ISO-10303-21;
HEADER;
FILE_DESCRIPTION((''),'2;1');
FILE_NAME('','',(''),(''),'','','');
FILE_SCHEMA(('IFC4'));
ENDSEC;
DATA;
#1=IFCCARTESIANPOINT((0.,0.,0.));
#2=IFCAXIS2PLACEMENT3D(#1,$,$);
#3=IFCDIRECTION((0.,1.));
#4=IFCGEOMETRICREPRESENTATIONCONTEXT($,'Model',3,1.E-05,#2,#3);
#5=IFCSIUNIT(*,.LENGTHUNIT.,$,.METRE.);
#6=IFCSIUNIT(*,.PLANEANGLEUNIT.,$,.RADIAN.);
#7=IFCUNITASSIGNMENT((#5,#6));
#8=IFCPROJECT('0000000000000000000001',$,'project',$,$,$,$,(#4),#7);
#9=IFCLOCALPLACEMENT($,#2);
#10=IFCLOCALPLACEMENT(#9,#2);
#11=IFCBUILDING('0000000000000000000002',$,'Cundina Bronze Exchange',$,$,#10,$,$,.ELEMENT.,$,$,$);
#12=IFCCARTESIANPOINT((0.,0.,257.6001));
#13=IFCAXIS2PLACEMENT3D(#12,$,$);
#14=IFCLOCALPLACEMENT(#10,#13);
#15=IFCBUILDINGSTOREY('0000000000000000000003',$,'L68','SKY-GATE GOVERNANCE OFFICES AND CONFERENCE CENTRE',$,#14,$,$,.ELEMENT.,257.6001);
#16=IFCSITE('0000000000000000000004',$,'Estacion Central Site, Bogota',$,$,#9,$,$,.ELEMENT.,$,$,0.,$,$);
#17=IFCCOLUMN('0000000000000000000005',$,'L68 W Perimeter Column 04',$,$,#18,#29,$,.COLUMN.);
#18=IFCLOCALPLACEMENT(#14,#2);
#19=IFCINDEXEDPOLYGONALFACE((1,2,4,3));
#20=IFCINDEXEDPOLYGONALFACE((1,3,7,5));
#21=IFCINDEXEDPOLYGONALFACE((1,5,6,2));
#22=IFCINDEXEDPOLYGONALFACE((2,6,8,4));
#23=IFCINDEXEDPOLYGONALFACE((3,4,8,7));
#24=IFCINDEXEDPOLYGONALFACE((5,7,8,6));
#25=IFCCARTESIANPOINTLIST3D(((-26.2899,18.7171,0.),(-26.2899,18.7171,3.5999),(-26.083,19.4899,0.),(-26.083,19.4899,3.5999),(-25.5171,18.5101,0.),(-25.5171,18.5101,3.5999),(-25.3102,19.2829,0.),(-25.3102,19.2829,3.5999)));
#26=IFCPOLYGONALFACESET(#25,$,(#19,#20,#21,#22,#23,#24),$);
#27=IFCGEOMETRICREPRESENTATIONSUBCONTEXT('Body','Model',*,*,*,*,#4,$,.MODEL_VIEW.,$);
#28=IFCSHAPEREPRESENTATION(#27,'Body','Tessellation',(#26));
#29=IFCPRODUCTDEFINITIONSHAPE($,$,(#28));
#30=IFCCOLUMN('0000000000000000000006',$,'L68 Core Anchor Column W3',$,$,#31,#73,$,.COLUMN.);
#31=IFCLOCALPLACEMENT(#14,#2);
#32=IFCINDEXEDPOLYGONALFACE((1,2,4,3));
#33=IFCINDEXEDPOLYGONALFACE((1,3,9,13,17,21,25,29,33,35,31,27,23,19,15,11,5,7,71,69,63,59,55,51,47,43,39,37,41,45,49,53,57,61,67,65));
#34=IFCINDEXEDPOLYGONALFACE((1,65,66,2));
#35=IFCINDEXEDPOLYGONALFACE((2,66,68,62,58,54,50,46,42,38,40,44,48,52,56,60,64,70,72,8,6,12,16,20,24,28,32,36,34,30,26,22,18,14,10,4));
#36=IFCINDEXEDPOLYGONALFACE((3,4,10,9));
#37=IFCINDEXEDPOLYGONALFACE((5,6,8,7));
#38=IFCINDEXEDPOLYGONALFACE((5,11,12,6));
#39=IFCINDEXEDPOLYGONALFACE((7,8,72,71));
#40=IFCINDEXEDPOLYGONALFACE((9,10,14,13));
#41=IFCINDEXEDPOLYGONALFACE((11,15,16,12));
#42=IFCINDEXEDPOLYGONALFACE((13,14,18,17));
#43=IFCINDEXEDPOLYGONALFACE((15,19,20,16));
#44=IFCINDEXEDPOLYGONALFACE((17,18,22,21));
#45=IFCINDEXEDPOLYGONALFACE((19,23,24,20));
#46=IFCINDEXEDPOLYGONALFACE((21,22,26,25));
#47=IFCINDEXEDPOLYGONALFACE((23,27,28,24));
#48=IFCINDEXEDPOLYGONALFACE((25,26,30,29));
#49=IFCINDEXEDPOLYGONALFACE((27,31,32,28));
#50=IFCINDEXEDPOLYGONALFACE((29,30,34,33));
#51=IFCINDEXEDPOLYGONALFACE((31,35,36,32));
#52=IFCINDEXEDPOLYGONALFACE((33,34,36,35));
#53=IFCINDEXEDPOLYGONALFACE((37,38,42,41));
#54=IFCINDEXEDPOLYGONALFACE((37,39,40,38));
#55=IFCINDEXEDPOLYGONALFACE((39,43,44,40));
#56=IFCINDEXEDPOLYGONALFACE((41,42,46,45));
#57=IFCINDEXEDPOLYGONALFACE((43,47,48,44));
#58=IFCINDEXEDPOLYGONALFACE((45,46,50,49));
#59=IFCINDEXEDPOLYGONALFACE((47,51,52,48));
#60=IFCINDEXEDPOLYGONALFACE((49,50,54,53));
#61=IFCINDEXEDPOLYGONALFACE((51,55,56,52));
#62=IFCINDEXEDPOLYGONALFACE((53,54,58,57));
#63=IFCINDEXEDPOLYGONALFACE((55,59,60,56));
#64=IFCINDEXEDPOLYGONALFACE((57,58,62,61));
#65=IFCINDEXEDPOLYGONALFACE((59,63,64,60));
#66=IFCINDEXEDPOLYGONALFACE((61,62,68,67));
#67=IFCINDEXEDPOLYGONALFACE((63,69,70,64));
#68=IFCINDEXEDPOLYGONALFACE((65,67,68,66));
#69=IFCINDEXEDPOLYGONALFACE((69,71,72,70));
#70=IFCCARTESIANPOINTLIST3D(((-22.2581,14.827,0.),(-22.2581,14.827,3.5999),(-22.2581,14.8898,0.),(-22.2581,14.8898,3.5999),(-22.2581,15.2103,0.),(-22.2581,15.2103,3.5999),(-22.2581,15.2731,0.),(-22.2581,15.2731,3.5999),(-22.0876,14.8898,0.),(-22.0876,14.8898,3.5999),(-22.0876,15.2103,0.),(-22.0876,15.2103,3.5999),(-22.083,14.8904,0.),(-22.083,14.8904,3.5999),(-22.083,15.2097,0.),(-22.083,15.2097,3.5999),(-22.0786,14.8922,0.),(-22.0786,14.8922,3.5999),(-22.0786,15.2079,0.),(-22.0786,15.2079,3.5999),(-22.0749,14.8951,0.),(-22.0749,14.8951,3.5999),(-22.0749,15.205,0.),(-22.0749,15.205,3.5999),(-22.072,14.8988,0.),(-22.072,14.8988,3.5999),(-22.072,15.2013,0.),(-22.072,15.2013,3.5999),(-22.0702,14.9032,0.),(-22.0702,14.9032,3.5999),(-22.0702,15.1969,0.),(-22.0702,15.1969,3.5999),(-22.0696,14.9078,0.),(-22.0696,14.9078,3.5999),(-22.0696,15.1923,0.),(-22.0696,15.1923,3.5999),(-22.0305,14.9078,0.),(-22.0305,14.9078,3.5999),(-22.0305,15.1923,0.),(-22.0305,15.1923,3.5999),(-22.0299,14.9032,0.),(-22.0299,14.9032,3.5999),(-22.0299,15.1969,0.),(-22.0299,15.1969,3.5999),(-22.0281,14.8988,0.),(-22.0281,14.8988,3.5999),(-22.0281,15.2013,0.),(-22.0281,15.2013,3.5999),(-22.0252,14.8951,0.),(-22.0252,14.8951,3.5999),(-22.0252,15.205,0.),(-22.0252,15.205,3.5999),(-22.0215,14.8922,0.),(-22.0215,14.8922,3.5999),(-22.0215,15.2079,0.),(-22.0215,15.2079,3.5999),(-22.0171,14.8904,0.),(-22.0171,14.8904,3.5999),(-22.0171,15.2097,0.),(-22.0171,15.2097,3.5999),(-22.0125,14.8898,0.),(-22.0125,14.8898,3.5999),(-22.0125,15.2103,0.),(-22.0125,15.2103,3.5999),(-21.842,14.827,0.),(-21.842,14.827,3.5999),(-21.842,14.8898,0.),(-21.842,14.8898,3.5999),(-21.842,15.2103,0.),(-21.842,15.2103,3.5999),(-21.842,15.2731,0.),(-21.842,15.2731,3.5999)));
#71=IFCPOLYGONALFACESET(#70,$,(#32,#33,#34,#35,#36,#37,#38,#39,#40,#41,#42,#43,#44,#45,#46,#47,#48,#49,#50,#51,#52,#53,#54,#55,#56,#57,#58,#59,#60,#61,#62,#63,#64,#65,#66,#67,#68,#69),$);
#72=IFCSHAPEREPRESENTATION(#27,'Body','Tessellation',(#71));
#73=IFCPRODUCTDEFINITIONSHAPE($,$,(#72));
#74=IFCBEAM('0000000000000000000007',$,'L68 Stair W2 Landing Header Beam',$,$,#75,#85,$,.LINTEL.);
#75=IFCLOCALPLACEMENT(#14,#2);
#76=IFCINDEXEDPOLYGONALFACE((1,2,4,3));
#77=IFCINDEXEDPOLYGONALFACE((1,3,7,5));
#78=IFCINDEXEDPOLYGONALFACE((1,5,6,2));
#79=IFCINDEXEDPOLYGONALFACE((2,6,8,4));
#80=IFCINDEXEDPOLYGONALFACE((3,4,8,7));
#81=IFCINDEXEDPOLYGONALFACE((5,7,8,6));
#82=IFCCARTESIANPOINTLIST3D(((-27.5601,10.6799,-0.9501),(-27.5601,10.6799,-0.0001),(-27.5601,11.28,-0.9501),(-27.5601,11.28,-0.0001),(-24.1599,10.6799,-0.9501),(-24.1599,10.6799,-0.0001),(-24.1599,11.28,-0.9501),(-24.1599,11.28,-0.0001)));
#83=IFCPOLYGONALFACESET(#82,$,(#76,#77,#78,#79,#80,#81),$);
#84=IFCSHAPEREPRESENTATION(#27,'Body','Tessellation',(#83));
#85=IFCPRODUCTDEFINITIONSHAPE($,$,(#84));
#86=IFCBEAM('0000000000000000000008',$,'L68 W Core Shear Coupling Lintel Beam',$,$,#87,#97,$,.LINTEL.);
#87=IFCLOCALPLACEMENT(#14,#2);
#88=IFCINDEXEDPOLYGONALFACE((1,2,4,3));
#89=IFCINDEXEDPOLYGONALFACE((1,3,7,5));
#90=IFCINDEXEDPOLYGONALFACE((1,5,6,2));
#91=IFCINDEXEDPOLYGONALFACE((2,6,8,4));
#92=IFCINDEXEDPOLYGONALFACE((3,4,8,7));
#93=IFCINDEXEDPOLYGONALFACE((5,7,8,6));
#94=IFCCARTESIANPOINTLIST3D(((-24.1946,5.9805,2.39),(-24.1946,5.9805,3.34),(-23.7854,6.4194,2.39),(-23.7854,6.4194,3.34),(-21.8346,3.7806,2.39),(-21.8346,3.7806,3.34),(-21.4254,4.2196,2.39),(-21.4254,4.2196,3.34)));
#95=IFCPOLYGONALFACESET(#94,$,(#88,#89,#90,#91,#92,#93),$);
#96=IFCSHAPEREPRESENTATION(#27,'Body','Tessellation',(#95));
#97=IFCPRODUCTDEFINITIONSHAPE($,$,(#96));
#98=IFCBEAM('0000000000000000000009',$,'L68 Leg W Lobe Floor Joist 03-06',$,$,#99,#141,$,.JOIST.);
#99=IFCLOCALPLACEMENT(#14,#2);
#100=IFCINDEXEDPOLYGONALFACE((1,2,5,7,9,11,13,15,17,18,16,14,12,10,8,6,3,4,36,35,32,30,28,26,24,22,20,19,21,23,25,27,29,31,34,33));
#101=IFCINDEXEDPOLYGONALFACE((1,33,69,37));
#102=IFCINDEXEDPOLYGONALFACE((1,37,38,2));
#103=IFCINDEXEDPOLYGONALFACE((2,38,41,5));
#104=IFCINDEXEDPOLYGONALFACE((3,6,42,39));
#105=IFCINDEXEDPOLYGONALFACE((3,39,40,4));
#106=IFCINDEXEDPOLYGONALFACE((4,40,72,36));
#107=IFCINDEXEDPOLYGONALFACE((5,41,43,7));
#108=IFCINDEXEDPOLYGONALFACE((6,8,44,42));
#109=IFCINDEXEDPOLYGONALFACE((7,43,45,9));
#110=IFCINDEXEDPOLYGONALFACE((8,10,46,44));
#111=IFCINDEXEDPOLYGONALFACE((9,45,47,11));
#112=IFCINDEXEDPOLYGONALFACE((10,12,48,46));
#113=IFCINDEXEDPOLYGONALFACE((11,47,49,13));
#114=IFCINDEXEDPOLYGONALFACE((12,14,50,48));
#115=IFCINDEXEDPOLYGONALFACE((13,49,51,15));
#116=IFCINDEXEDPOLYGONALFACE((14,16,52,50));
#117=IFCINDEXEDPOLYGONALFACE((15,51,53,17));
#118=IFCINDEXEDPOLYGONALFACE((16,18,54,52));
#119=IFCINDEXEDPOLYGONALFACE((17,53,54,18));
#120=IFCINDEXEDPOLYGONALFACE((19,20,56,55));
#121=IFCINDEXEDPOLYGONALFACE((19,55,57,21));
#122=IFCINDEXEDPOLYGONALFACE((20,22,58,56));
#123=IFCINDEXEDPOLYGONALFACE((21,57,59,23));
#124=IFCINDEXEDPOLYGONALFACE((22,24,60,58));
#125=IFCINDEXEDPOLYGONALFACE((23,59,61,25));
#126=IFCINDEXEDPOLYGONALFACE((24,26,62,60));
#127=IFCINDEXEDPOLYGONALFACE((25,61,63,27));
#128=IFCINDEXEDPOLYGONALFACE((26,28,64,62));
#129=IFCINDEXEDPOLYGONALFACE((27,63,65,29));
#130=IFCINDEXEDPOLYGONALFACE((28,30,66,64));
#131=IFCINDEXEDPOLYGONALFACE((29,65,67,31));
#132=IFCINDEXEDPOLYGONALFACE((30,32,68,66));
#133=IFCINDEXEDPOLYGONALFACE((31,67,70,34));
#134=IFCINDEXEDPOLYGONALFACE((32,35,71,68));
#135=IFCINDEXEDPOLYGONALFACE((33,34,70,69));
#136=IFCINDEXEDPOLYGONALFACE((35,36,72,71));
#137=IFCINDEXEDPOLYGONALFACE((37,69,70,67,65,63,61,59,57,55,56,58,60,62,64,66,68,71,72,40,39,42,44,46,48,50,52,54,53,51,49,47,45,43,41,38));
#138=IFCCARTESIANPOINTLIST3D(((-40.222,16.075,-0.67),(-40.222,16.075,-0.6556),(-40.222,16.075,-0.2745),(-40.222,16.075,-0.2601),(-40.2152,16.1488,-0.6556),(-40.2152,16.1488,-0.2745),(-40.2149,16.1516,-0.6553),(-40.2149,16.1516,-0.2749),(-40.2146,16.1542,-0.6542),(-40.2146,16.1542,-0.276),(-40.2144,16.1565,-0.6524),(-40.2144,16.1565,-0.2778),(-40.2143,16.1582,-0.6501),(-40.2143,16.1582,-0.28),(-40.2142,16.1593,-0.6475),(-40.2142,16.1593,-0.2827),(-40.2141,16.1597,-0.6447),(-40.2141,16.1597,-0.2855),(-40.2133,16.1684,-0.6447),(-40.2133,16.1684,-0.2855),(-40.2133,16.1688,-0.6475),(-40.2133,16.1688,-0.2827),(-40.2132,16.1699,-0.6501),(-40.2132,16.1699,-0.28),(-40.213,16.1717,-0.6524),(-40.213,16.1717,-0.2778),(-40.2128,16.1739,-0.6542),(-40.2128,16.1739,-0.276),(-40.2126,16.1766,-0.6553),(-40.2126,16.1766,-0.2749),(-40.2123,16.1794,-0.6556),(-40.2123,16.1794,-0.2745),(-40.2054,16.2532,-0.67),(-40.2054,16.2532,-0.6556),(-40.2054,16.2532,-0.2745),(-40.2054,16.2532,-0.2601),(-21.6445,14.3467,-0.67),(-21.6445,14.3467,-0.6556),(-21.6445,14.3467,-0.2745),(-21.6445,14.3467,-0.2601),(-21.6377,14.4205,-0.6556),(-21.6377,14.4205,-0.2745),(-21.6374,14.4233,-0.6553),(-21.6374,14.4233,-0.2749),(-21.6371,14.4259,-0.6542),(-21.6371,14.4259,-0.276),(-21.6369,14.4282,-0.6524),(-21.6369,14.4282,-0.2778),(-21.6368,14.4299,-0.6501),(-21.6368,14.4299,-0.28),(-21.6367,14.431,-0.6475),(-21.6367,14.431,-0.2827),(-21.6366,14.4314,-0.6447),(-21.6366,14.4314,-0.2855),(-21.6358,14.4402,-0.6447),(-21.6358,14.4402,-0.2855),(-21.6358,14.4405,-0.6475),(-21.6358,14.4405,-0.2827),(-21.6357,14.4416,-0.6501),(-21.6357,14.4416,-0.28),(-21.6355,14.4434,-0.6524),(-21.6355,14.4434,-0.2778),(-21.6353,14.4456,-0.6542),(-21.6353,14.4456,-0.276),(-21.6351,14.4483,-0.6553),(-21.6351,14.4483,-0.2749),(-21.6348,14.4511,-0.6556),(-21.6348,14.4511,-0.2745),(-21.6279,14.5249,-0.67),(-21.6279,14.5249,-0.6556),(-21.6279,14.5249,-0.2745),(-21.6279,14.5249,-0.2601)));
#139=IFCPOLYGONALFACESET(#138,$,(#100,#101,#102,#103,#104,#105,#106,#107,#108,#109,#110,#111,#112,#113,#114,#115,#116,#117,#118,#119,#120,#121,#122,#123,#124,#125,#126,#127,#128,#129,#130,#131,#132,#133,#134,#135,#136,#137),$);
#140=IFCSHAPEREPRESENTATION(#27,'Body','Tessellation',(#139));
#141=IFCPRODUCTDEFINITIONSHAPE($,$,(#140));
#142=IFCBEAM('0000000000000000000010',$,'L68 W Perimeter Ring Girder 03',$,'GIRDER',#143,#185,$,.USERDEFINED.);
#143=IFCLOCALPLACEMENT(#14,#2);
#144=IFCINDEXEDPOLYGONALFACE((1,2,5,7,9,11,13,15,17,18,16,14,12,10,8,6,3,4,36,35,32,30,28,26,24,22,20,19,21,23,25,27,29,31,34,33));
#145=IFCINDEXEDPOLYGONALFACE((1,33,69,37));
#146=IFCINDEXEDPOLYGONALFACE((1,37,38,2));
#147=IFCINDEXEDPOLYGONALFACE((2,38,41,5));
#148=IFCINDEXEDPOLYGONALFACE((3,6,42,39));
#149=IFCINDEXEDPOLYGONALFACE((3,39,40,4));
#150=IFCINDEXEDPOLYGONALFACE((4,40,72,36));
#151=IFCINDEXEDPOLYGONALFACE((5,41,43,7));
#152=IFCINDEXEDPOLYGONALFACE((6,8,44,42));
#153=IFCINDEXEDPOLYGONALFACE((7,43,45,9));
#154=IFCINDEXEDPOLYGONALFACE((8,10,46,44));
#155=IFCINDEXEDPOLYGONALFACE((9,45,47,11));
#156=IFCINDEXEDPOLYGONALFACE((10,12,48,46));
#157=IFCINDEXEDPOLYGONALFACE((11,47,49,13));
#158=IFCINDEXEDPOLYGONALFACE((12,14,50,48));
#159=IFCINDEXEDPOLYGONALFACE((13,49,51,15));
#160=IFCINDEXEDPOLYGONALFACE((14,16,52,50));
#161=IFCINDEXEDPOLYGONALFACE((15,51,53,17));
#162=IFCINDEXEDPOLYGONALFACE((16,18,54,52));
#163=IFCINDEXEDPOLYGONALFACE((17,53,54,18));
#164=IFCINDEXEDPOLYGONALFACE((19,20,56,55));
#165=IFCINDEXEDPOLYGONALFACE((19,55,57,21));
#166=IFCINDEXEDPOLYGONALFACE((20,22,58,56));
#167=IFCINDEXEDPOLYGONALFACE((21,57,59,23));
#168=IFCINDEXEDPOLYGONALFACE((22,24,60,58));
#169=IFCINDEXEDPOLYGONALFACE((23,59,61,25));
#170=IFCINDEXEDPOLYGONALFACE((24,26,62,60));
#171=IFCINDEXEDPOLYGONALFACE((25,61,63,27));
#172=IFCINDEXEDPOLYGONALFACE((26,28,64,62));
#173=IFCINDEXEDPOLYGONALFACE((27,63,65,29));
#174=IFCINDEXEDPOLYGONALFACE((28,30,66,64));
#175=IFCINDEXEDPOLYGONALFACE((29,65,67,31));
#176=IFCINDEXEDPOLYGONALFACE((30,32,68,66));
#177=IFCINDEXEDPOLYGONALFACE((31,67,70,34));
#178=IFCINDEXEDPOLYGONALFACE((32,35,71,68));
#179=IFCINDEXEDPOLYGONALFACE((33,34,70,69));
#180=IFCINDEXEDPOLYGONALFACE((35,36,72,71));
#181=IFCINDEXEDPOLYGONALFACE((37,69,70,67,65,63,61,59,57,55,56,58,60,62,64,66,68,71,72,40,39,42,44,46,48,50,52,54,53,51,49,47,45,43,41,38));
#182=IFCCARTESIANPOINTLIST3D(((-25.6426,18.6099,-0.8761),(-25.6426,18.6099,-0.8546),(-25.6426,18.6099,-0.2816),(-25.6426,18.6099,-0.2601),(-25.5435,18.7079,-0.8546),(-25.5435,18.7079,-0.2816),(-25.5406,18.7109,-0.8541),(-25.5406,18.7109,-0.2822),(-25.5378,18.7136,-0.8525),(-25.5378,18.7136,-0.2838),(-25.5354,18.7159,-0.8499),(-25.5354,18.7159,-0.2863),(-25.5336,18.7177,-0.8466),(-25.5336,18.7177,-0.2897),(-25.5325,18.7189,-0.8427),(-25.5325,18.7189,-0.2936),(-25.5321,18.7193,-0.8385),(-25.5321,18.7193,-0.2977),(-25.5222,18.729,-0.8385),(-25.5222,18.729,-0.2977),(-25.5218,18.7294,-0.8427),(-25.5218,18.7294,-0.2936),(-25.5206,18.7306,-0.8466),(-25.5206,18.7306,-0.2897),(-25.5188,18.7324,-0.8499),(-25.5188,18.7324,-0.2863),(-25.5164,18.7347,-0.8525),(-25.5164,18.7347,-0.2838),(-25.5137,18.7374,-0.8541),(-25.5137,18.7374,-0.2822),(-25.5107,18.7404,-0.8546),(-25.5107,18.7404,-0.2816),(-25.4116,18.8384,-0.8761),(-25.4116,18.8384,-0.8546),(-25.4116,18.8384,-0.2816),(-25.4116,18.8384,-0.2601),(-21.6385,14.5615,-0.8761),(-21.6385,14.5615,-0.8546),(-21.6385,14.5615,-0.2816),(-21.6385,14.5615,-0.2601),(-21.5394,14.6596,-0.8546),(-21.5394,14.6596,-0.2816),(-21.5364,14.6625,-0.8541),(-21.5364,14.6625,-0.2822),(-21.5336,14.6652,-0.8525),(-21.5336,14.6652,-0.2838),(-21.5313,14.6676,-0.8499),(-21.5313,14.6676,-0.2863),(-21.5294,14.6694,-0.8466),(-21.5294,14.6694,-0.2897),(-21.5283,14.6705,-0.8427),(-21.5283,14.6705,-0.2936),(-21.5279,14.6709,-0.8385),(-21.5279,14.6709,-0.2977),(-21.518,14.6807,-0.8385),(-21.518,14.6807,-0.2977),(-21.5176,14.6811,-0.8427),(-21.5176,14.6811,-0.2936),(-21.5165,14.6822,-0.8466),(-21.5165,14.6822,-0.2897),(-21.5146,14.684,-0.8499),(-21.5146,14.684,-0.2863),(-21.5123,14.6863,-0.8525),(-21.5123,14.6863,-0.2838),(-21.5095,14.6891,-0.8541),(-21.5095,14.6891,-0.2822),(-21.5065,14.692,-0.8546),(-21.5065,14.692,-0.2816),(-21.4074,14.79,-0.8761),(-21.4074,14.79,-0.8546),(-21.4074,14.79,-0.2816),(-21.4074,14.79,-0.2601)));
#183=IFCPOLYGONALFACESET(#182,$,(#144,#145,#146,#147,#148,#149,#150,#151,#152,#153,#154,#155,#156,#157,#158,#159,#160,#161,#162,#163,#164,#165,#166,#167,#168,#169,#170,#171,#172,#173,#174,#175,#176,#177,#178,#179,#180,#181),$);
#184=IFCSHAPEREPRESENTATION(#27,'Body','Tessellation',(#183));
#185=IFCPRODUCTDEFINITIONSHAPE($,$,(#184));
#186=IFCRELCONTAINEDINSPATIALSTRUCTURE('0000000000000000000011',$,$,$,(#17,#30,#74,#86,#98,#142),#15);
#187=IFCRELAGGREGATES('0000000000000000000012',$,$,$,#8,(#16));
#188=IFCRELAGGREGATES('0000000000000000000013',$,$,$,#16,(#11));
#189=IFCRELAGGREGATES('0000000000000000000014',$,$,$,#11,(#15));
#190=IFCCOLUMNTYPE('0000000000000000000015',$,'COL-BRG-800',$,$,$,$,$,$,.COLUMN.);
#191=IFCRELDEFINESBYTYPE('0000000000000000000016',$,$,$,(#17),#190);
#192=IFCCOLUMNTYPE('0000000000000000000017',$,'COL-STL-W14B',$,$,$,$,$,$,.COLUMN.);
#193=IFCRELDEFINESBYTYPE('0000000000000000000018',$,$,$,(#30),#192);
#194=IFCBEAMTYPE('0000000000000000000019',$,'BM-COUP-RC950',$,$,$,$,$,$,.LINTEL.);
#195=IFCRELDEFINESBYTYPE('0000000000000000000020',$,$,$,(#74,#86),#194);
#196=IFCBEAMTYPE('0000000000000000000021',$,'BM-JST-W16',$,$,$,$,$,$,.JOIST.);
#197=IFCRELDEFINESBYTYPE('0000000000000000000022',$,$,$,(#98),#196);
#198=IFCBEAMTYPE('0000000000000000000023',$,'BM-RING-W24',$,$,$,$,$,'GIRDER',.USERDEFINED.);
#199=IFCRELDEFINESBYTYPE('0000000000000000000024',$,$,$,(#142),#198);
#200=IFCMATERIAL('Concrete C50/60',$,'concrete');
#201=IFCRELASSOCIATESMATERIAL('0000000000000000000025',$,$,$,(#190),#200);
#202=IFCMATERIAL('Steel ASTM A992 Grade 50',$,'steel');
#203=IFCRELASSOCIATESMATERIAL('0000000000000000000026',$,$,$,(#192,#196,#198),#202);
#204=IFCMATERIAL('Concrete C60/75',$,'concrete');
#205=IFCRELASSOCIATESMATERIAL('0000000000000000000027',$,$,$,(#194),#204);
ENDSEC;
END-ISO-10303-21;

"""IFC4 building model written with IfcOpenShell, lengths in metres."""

from ifc_helpers import new_model, si_unit, direction, frame, origin, origin_2d, place, context, subcontext, project, spatial, rectangle, i_section, extrude, material, material_profile, profile_set, type_object, element, save


model = new_model("IFC4")

# Units and contexts
model_context = context("Model", 3, precision=1e-05, world=origin(), true_north=direction((0.0, 1.0)))
body_context = subcontext(model_context, "Body", "Model", "MODEL_VIEW")
ifc_project = project(units=[si_unit("LENGTHUNIT", "METRE"), si_unit("PLANEANGLEUNIT", "RADIAN")], contexts=[model_context])

# Site, building, storey
site_placement = place(None, origin())
site = spatial("IfcSite", under=ifc_project, at=site_placement, Name="Estacion Central Site, Bogota", CompositionType="ELEMENT", RefElevation=0.0)
building_placement = place(site_placement, origin())
building = spatial("IfcBuilding", under=site, at=building_placement, Name="Cundina Bronze Exchange", CompositionType="ELEMENT")
storey_placement = place(building_placement, frame((0.0, 0.0, 257.6001)))
storey = spatial("IfcBuildingStorey", under=building, at=storey_placement, Name="L68", Description="SKY-GATE GOVERNANCE OFFICES AND CONFERENCE CENTRE", CompositionType="ELEMENT", Elevation=257.6001)

# Columns
ifc_material_1 = material(Name="Concrete C50/60", Category="concrete")
ifc_material_profile_1 = material_profile(ifc_material_1, rectangle(XDim=0.8, YDim=0.8, at=origin_2d()), Name="RC800X800", Category="concrete")
ifc_profile_set_1 = profile_set([ifc_material_profile_1], Name="Concrete C50/60")
column_type_1 = type_object("IfcColumnType", Name="COL-BRG-800", PredefinedType="COLUMN", material=ifc_profile_set_1)
column_1_placement = place(storey_placement, frame((-25.8, 19.0, 0.0), z_axis=(0.0, 0.0, 1.0), x_axis=(-0.965971, 0.25865, 0.0)))
element("IfcColumn", 1, at=column_1_placement, inside=storey, type_object=column_type_1, Name="L68 W Perimeter Column 04", PredefinedType="COLUMN", context=body_context, shape_type="SweptSolid", body=[
    extrude(rectangle(XDim=0.8, YDim=0.8, at=origin_2d()), origin(), (0.0, 0.0, 1.0), 3.5999),
])
ifc_material_2 = material(Name="Steel ASTM A992 Grade 50", Category="steel")
ifc_material_profile_2 = material_profile(ifc_material_2, i_section(OverallWidth=0.416, OverallDepth=0.446, WebThickness=0.0391, FlangeThickness=0.0627, FilletRadius=0.0181, at=origin_2d()), Name="W14X342", Category="steel")
ifc_profile_set_2 = profile_set([ifc_material_profile_2], Name="Steel ASTM A992 Grade 50")
column_type_2 = type_object("IfcColumnType", Name="COL-STL-W14B", PredefinedType="COLUMN", material=ifc_profile_set_2)
column_2_placement = place(storey_placement, frame((-22.05, 15.05, 0.0), z_axis=(0.0, 0.0, 1.0), x_axis=(1.0, 0.0, 0.0)))
element("IfcColumn", 2, at=column_2_placement, inside=storey, type_object=column_type_2, Name="L68 Core Anchor Column W3", PredefinedType="COLUMN", context=body_context, shape_type="SweptSolid", body=[
    extrude(i_section(OverallWidth=0.416, OverallDepth=0.446, WebThickness=0.0391, FlangeThickness=0.0627, FilletRadius=0.0181, at=origin_2d()), origin(), (0.0, 0.0, 1.0), 3.5999),
])

# Beams
ifc_material_3 = material(Name="Concrete C60/75", Category="concrete")
ifc_material_profile_3 = material_profile(ifc_material_3, rectangle(XDim=0.6001, YDim=0.95, at=origin_2d()), Name="RC600X950", Category="concrete")
ifc_profile_set_3 = profile_set([ifc_material_profile_3], Name="Concrete C60/75")
beam_type_1 = type_object("IfcBeamType", Name="BM-COUP-RC950", PredefinedType="LINTEL", material=ifc_profile_set_3)
beam_1_placement = place(storey_placement, frame((-27.5601, 10.98, -0.4751), z_axis=(1.0, 0.0, 0.0), x_axis=(0.0, 1.0, 0.0)))
element("IfcBeam", 3, at=beam_1_placement, inside=storey, type_object=beam_type_1, Name="L68 Stair W2 Landing Header Beam", PredefinedType="LINTEL", context=body_context, shape_type="SweptSolid", body=[
    extrude(rectangle(XDim=0.6001, YDim=0.95, at=origin_2d()), origin(), (0.0, 0.0, 1.0), 3.4001),
])
beam_2_placement = place(storey_placement, frame((-23.99, 6.2, 2.865), z_axis=(0.73149, -0.681852, 0.0), x_axis=(0.681852, 0.73149, 0.0)))
element("IfcBeam", 4, at=beam_2_placement, inside=storey, type_object=beam_type_1, Name="L68 W Core Shear Coupling Lintel Beam", PredefinedType="LINTEL", context=body_context, shape_type="SweptSolid", body=[
    extrude(rectangle(XDim=0.6001, YDim=0.95, at=origin_2d()), origin(), (0.0, 0.0, 1.0), 3.2263),
])
ifc_material_profile_4 = material_profile(ifc_material_2, i_section(OverallWidth=0.179, OverallDepth=0.4099, WebThickness=0.0088, FlangeThickness=0.0144, FilletRadius=0.011, at=origin_2d()), Name="W16X45", Category="steel")
ifc_profile_set_4 = profile_set([ifc_material_profile_4], Name="Steel ASTM A992 Grade 50")
beam_type_2 = type_object("IfcBeamType", Name="BM-JST-W16", PredefinedType="JOIST", material=ifc_profile_set_4)
beam_3_placement = place(storey_placement, frame((-21.6362, 14.4358, -0.4651), z_axis=(-0.995701, 0.092631, 0.0), x_axis=(-0.092631, -0.995701, 0.0)))
element("IfcBeam", 5, at=beam_3_placement, inside=storey, type_object=beam_type_2, Name="L68 Leg W Lobe Floor Joist 03-06", PredefinedType="JOIST", context=body_context, shape_type="SweptSolid", body=[
    extrude(i_section(OverallWidth=0.179, OverallDepth=0.4099, WebThickness=0.0088, FlangeThickness=0.0144, FilletRadius=0.011, at=origin_2d()), origin(), (0.0, 0.0, 1.0), 18.6577),
])
ifc_material_profile_5 = material_profile(ifc_material_2, i_section(OverallWidth=0.325, OverallDepth=0.616, WebThickness=0.0139, FlangeThickness=0.0215, FilletRadius=0.0161, at=origin_2d()), Name="W24X117", Category="steel")
ifc_profile_set_5 = profile_set([ifc_material_profile_5], Name="Steel ASTM A992 Grade 50")
beam_type_3 = type_object("IfcBeamType", Name="BM-RING-W24", ElementType="GIRDER", PredefinedType="USERDEFINED", material=ifc_profile_set_5)
beam_4_placement = place(storey_placement, frame((-21.5229, 14.6758, -0.5681), z_axis=(-0.703216, 0.710976, 0.0), x_axis=(-0.710976, -0.703216, 0.0)))
element("IfcBeam", 6, at=beam_4_placement, inside=storey, type_object=beam_type_3, Name="L68 W Perimeter Ring Girder 03", ObjectType="GIRDER", PredefinedType="USERDEFINED", context=body_context, shape_type="SweptSolid", body=[
    extrude(i_section(OverallWidth=0.325, OverallDepth=0.616, WebThickness=0.0139, FlangeThickness=0.0215, FilletRadius=0.0161, at=origin_2d()), origin(), (0.0, 0.0, 1.0), 5.6941),
])

save(model, "model.ifc")
